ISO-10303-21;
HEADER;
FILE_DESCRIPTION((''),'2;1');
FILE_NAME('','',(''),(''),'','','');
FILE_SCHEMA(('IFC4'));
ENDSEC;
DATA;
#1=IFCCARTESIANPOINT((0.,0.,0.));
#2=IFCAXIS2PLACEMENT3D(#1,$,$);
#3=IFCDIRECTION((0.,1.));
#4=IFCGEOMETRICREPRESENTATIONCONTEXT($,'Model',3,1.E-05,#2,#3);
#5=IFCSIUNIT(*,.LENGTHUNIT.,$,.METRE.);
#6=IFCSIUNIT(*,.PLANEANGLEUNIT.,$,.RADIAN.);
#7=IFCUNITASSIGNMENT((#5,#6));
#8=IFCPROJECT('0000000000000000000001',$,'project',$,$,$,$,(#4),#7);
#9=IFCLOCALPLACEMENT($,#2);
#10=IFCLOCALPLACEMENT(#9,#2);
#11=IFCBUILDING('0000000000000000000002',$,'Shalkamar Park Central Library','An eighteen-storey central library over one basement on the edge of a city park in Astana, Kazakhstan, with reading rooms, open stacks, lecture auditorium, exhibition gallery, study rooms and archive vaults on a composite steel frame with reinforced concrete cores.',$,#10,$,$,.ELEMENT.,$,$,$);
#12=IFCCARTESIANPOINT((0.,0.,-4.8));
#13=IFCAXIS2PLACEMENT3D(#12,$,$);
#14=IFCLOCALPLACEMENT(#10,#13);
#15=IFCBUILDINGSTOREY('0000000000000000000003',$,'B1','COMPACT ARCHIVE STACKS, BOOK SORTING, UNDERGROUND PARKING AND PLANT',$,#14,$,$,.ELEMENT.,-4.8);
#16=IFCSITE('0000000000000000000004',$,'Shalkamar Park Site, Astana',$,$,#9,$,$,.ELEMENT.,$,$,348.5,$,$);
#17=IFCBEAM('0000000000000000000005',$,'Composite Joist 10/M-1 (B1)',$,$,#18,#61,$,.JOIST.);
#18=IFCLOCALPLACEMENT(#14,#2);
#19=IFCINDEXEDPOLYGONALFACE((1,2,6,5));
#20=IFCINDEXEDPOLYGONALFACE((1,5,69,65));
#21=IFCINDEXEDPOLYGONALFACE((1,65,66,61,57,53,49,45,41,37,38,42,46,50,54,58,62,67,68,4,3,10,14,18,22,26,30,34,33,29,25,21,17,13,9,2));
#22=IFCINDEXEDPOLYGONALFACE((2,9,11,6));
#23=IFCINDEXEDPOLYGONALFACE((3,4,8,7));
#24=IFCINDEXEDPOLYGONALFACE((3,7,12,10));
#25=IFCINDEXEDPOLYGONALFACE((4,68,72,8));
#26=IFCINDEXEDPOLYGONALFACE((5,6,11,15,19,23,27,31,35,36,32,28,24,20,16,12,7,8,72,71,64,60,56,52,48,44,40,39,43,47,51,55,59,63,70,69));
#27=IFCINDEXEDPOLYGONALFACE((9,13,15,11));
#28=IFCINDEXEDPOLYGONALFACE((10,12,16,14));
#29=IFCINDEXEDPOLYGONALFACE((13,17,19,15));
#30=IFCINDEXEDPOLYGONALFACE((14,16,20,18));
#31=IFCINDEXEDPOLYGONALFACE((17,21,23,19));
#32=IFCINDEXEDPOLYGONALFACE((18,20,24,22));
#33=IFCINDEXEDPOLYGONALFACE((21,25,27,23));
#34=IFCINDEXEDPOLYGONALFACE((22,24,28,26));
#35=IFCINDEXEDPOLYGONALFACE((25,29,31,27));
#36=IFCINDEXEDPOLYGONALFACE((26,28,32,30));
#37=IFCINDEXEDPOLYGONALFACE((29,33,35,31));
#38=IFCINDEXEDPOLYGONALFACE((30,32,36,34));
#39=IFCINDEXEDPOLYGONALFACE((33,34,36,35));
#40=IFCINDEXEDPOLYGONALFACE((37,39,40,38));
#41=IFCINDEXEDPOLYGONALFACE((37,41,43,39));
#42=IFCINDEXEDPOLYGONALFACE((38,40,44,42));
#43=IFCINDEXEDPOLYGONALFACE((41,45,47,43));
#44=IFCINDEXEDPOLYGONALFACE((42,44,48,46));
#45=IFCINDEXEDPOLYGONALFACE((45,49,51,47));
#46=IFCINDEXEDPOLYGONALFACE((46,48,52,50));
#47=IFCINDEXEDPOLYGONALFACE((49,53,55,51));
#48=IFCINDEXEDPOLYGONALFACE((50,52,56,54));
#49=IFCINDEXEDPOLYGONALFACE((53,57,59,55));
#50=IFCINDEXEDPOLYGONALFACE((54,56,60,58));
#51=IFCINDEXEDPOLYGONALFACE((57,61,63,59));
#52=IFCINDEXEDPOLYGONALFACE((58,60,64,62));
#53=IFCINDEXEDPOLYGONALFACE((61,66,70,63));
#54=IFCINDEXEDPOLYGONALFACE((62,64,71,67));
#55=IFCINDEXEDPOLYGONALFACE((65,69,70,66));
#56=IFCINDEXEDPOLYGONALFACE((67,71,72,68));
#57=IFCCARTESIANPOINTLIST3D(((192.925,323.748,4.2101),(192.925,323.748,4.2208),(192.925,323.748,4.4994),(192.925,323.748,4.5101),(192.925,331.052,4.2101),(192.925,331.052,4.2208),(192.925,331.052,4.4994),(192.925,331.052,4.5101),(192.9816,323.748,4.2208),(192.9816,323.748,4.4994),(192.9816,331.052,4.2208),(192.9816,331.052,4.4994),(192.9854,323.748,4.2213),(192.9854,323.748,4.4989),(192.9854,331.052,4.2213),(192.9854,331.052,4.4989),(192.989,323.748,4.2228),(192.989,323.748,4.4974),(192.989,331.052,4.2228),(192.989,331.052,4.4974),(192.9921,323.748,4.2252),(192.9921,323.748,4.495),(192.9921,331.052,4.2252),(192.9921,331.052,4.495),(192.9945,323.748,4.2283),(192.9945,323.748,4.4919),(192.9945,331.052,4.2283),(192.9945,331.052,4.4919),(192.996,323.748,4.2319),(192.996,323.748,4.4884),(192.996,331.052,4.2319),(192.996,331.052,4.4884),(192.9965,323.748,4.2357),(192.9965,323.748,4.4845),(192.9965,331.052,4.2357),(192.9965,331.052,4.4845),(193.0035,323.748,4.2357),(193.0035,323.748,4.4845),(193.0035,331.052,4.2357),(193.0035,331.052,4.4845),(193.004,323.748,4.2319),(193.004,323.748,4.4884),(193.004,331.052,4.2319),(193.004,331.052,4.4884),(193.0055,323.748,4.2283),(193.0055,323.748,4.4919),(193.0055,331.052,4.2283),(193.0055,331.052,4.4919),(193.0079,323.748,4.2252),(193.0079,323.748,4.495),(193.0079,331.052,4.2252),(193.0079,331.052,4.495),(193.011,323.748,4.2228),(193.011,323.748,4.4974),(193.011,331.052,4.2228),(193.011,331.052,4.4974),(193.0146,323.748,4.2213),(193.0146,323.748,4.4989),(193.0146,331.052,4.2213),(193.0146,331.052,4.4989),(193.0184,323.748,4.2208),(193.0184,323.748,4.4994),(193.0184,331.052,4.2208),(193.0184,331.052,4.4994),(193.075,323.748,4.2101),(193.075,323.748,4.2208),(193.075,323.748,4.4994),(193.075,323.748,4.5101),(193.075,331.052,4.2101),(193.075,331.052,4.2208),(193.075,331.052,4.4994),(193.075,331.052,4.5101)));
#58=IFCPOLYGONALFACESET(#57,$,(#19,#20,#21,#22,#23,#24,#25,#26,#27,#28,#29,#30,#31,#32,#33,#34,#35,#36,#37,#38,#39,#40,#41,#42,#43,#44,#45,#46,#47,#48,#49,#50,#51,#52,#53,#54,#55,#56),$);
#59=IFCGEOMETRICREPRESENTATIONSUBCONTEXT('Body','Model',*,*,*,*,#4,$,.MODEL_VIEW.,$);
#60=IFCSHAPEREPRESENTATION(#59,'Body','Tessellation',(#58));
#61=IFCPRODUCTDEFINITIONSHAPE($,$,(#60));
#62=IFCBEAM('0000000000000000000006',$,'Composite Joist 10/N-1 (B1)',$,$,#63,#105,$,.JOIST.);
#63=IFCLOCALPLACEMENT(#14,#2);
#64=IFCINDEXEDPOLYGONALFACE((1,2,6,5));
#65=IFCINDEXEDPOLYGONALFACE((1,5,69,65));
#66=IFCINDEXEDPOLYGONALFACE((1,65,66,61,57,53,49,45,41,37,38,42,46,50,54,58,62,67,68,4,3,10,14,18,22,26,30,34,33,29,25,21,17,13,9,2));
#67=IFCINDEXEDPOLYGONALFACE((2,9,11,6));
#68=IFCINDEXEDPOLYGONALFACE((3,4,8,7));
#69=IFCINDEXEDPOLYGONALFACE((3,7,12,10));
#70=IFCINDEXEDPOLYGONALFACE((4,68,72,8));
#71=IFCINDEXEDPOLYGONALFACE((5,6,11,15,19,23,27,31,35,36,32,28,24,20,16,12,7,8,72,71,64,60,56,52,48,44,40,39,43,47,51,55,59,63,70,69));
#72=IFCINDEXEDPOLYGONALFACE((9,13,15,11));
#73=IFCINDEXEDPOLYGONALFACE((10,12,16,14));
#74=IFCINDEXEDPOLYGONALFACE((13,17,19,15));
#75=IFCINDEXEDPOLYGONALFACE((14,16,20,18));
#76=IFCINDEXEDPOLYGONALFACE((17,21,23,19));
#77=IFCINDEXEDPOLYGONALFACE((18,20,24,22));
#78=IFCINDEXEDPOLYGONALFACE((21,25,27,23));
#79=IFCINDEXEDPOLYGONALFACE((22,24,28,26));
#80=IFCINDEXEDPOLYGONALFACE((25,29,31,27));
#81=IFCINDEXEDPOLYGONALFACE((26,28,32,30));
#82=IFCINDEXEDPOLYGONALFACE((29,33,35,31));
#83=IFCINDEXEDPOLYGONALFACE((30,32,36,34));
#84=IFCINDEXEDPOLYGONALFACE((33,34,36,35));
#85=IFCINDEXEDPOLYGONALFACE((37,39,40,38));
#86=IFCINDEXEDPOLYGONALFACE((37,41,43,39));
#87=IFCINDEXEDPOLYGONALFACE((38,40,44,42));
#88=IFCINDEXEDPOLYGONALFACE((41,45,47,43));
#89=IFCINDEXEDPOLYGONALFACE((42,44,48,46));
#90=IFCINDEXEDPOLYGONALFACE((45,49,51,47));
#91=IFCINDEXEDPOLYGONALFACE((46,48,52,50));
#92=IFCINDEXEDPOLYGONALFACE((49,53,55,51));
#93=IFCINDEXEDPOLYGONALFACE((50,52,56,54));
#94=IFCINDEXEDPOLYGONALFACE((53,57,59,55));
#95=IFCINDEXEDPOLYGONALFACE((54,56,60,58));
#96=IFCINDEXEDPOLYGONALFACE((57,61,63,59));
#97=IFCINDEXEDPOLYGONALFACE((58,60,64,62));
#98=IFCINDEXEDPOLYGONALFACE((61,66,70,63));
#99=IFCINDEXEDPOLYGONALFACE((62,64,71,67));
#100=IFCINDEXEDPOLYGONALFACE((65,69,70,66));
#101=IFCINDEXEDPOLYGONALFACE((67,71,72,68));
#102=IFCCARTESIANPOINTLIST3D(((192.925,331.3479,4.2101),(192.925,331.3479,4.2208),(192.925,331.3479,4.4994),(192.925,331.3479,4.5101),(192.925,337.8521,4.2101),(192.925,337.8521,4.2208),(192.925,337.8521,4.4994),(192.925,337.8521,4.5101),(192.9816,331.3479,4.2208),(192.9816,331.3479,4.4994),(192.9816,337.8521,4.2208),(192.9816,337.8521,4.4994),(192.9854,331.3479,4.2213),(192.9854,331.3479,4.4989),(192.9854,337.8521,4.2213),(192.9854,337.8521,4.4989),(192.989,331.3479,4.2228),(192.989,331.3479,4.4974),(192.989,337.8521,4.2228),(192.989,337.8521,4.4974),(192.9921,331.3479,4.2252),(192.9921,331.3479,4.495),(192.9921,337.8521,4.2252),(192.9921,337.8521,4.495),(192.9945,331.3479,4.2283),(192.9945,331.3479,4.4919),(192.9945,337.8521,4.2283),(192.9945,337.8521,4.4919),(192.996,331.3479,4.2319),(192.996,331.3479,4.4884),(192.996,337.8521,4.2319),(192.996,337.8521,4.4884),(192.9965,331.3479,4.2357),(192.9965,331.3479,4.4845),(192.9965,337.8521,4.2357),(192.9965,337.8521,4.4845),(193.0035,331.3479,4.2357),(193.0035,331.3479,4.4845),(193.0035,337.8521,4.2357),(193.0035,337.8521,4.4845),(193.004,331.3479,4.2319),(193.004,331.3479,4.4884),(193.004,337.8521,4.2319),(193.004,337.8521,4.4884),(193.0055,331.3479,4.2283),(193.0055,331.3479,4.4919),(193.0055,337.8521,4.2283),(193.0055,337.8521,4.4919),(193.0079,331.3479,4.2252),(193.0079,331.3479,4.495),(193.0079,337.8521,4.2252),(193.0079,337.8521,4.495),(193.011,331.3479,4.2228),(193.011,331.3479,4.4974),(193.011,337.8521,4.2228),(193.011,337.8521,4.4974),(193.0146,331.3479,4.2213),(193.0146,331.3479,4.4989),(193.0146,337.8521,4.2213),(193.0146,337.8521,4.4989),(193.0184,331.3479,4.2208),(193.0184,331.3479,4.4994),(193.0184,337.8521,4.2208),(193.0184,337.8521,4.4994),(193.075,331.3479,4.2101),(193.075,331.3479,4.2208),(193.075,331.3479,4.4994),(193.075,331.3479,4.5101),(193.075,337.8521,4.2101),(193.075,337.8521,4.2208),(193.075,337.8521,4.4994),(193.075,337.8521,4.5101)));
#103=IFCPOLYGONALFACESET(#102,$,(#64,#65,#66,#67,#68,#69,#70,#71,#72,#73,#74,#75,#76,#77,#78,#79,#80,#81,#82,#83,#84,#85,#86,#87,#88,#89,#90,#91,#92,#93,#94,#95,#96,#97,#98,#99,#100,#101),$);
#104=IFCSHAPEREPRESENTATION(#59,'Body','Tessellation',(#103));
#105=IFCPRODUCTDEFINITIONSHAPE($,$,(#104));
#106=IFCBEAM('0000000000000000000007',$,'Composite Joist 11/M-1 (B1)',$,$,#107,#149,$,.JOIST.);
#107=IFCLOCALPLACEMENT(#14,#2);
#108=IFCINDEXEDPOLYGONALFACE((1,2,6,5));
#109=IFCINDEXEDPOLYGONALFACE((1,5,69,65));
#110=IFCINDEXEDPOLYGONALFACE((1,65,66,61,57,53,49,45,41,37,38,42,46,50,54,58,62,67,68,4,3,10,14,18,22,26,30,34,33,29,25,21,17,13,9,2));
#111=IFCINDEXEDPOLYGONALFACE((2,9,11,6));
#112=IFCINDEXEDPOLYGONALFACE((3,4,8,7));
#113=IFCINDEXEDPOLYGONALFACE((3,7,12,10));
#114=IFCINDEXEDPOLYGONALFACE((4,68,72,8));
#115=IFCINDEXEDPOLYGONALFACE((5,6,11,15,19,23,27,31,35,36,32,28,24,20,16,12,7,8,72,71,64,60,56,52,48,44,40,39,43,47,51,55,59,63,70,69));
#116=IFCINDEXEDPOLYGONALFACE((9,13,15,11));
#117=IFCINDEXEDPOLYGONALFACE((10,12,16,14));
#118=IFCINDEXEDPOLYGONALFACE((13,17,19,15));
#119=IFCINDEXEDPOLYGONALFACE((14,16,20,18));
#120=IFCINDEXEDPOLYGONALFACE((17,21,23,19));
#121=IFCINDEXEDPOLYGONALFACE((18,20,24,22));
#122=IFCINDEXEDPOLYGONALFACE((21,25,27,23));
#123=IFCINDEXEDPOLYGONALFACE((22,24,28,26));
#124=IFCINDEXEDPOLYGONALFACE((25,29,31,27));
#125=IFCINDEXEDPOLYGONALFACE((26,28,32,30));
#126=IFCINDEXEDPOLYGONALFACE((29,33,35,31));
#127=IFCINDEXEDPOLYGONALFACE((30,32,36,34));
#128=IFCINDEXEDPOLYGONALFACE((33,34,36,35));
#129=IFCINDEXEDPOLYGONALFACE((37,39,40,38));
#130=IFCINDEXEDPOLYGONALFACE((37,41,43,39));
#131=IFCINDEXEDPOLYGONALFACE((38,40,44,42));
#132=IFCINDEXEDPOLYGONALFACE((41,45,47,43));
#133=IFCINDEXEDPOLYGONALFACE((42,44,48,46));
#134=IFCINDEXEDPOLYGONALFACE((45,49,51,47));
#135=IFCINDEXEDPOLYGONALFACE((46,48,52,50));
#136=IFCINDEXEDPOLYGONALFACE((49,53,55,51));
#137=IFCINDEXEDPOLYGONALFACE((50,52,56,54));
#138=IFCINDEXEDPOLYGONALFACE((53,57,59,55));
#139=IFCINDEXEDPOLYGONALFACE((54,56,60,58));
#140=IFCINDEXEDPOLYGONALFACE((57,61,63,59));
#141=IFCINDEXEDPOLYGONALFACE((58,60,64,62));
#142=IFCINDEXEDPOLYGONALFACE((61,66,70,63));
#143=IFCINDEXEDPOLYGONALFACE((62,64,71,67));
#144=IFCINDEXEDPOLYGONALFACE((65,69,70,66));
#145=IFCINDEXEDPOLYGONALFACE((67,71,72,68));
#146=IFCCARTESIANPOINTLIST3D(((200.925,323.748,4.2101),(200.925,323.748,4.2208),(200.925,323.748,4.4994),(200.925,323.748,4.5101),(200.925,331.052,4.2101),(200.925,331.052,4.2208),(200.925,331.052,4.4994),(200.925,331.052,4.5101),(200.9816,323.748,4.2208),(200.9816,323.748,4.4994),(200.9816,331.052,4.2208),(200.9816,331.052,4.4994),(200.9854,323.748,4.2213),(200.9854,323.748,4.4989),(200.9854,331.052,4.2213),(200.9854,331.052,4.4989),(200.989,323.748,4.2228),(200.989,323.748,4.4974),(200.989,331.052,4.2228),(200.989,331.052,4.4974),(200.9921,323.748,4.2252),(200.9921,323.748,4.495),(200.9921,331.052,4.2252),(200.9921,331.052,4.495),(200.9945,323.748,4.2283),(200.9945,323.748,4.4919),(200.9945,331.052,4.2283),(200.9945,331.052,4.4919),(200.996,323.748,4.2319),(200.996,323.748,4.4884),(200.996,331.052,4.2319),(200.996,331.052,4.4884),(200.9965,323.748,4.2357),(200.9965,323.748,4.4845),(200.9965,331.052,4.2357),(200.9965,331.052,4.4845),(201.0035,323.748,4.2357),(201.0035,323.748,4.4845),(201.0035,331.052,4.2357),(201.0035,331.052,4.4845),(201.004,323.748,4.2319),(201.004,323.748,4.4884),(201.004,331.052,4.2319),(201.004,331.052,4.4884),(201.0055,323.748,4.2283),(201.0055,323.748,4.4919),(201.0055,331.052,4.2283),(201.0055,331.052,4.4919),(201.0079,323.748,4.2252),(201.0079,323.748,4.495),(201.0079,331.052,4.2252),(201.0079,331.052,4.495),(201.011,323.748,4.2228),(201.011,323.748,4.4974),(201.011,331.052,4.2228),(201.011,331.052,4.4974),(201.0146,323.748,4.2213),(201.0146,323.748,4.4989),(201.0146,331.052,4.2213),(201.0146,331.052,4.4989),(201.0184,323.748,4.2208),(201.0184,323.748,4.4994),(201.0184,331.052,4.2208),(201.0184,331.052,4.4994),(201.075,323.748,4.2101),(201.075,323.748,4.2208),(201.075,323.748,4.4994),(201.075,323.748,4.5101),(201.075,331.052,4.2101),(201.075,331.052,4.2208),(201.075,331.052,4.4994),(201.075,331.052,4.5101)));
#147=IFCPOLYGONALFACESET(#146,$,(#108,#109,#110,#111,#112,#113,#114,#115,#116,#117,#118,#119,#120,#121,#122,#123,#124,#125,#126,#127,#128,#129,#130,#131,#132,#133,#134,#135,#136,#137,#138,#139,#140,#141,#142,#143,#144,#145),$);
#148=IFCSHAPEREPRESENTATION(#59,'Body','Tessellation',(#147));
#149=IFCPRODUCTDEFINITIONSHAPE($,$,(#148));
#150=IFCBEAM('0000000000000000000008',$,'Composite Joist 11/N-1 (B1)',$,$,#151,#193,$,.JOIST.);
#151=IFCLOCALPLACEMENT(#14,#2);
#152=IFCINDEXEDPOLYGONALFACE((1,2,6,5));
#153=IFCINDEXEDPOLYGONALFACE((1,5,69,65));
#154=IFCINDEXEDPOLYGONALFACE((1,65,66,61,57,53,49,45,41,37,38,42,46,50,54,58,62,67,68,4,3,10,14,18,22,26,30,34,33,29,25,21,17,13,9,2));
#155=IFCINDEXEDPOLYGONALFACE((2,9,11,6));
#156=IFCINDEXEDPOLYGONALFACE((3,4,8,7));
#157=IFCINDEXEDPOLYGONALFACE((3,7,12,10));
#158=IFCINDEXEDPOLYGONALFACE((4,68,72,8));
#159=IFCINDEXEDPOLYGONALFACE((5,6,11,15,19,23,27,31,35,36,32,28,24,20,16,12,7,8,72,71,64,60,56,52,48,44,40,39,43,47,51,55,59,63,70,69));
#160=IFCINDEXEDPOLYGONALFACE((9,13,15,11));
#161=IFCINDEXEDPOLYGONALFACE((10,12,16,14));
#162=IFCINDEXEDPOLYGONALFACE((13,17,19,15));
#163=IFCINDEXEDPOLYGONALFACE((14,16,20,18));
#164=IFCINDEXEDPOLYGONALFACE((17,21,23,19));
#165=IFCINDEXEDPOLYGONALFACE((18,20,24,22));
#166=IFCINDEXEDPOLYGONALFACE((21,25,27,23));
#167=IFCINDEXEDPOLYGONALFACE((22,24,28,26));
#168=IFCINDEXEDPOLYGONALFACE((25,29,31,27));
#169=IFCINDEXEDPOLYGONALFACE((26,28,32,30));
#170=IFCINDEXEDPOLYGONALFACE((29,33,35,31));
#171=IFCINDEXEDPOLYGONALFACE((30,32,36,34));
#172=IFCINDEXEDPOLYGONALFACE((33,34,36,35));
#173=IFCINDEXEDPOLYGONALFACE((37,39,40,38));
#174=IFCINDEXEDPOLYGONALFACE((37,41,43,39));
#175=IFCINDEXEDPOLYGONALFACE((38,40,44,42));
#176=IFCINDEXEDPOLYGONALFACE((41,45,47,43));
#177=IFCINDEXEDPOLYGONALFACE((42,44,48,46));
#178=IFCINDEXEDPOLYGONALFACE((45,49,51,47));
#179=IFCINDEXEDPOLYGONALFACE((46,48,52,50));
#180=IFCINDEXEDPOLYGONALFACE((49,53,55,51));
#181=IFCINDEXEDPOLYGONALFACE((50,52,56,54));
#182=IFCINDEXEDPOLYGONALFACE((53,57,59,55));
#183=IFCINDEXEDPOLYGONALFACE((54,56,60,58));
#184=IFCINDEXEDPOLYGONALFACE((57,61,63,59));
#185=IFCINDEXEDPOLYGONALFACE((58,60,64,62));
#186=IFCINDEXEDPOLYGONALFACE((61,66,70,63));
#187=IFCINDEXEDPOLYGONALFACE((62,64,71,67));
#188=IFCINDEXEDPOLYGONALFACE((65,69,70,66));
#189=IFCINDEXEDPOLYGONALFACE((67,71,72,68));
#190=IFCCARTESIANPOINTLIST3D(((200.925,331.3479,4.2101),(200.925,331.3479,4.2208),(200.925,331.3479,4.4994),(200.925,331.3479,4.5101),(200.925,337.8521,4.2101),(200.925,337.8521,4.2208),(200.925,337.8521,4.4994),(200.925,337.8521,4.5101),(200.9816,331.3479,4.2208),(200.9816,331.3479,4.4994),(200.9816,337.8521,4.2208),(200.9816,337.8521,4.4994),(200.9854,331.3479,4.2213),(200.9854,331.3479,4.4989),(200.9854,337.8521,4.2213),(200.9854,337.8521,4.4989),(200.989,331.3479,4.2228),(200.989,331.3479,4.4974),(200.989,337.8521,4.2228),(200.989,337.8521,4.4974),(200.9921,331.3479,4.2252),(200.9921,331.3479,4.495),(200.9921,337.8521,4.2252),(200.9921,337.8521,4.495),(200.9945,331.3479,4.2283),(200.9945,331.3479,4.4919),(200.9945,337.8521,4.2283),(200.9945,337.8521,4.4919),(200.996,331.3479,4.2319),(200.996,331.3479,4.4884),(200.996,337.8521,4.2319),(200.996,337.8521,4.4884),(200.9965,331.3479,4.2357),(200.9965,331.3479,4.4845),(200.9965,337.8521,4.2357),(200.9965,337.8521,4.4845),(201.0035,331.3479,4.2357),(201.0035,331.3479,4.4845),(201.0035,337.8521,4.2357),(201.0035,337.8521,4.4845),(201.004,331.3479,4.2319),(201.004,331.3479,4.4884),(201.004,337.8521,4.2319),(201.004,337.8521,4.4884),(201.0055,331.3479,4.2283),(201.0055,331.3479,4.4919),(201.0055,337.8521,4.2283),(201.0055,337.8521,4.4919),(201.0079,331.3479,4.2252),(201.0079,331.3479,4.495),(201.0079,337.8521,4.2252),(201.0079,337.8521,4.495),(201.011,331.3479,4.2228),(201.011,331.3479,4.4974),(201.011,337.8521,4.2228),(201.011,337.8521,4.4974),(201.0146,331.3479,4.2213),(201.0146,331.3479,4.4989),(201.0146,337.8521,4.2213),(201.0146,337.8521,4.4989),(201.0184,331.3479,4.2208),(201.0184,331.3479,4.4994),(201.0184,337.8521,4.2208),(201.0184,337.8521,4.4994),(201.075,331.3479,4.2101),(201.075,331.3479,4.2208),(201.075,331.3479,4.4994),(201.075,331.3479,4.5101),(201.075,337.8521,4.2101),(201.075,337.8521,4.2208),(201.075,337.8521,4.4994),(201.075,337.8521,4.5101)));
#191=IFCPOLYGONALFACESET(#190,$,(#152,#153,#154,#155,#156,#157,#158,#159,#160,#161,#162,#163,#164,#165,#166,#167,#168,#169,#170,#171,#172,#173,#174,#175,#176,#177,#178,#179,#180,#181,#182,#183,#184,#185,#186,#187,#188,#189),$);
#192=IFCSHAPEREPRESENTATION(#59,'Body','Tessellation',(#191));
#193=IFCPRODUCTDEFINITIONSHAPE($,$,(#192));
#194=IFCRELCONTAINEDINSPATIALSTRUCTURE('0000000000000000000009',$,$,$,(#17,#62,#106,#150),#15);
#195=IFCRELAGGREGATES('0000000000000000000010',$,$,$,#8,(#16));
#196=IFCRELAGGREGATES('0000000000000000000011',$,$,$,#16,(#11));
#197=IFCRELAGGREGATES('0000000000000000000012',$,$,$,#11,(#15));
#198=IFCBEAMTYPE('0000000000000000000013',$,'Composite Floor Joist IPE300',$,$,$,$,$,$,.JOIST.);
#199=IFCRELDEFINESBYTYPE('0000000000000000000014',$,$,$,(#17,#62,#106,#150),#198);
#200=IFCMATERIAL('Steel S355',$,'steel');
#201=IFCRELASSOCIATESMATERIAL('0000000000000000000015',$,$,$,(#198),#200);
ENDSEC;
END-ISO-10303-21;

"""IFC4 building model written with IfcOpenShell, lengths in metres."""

from ifc_helpers import new_model, si_unit, direction, frame, origin, origin_2d, place, context, subcontext, project, spatial, i_section, extrude, material, material_profile, profile_set, type_object, element, save


model = new_model("IFC4")

# Units and contexts
model_context = context("Model", 3, precision=1e-05, world=origin(), true_north=direction((0.0, 1.0)))
body_context = subcontext(model_context, "Body", "Model", "MODEL_VIEW")
ifc_project = project(units=[si_unit("LENGTHUNIT", "METRE"), si_unit("PLANEANGLEUNIT", "RADIAN")], contexts=[model_context])

# Site, building, storey
site_placement = place(None, origin())
site = spatial("IfcSite", under=ifc_project, at=site_placement, Name="Shalkamar Park Site, Astana", CompositionType="ELEMENT", RefElevation=348.5)
building_placement = place(site_placement, origin())
building = spatial("IfcBuilding", under=site, at=building_placement, Name="Shalkamar Park Central Library", Description="An eighteen-storey central library over one basement on the edge of a city park in Astana, Kazakhstan, with reading rooms, open stacks, lecture auditorium, exhibition gallery, study rooms and archive vaults on a composite steel frame with reinforced concrete cores.", CompositionType="ELEMENT")
storey_placement = place(building_placement, frame((0.0, 0.0, -4.8)))
storey = spatial("IfcBuildingStorey", under=building, at=storey_placement, Name="B1", Description="COMPACT ARCHIVE STACKS, BOOK SORTING, UNDERGROUND PARKING AND PLANT", CompositionType="ELEMENT", Elevation=-4.8)

# Shared definitions
ifc_material_1 = material(Name="Steel S355", Category="steel")

# Beams
ifc_material_profile_1 = material_profile(ifc_material_1, i_section(OverallWidth=0.1499, OverallDepth=0.3, WebThickness=0.0071, FlangeThickness=0.0107, FilletRadius=0.0149, at=origin_2d()), Name="IPE 300")
ifc_profile_set_1 = profile_set([ifc_material_profile_1], Name="Steel S355")
beam_type_1 = type_object("IfcBeamType", Name="Composite Floor Joist IPE300", PredefinedType="JOIST", material=ifc_profile_set_1)
beam_1_placement = place(storey_placement, frame((193.0, 323.748, 4.3601), z_axis=(0.0, 1.0, 0.0), x_axis=(-1.0, 0.0, 0.0)))
element("IfcBeam", 1, at=beam_1_placement, inside=storey, type_object=beam_type_1, Name="Composite Joist 10/M-1 (B1)", PredefinedType="JOIST", context=body_context, shape_type="SweptSolid", body=[
    extrude(i_section(OverallWidth=0.1499, OverallDepth=0.3, WebThickness=0.0071, FlangeThickness=0.0107, FilletRadius=0.0149, at=origin_2d()), origin(), (0.0, 0.0, 1.0), 7.304),
])
beam_2_placement = place(storey_placement, frame((193.0, 331.3479, 4.3601), z_axis=(0.0, 1.0, 0.0), x_axis=(-1.0, 0.0, 0.0)))
element("IfcBeam", 2, at=beam_2_placement, inside=storey, type_object=beam_type_1, Name="Composite Joist 10/N-1 (B1)", PredefinedType="JOIST", context=body_context, shape_type="SweptSolid", body=[
    extrude(i_section(OverallWidth=0.1499, OverallDepth=0.3, WebThickness=0.0071, FlangeThickness=0.0107, FilletRadius=0.0149, at=origin_2d()), origin(), (0.0, 0.0, 1.0), 6.5042),
])
beam_3_placement = place(storey_placement, frame((201.0, 323.748, 4.3601), z_axis=(0.0, 1.0, 0.0), x_axis=(-1.0, 0.0, 0.0)))
element("IfcBeam", 3, at=beam_3_placement, inside=storey, type_object=beam_type_1, Name="Composite Joist 11/M-1 (B1)", PredefinedType="JOIST", context=body_context, shape_type="SweptSolid", body=[
    extrude(i_section(OverallWidth=0.1499, OverallDepth=0.3, WebThickness=0.0071, FlangeThickness=0.0107, FilletRadius=0.0149, at=origin_2d()), origin(), (0.0, 0.0, 1.0), 7.304),
])
beam_4_placement = place(storey_placement, frame((201.0, 331.3479, 4.3601), z_axis=(0.0, 1.0, 0.0), x_axis=(-1.0, 0.0, 0.0)))
element("IfcBeam", 4, at=beam_4_placement, inside=storey, type_object=beam_type_1, Name="Composite Joist 11/N-1 (B1)", PredefinedType="JOIST", context=body_context, shape_type="SweptSolid", body=[
    extrude(i_section(OverallWidth=0.1499, OverallDepth=0.3, WebThickness=0.0071, FlangeThickness=0.0107, FilletRadius=0.0149, at=origin_2d()), origin(), (0.0, 0.0, 1.0), 6.5042),
])

save(model, "model.ifc")
